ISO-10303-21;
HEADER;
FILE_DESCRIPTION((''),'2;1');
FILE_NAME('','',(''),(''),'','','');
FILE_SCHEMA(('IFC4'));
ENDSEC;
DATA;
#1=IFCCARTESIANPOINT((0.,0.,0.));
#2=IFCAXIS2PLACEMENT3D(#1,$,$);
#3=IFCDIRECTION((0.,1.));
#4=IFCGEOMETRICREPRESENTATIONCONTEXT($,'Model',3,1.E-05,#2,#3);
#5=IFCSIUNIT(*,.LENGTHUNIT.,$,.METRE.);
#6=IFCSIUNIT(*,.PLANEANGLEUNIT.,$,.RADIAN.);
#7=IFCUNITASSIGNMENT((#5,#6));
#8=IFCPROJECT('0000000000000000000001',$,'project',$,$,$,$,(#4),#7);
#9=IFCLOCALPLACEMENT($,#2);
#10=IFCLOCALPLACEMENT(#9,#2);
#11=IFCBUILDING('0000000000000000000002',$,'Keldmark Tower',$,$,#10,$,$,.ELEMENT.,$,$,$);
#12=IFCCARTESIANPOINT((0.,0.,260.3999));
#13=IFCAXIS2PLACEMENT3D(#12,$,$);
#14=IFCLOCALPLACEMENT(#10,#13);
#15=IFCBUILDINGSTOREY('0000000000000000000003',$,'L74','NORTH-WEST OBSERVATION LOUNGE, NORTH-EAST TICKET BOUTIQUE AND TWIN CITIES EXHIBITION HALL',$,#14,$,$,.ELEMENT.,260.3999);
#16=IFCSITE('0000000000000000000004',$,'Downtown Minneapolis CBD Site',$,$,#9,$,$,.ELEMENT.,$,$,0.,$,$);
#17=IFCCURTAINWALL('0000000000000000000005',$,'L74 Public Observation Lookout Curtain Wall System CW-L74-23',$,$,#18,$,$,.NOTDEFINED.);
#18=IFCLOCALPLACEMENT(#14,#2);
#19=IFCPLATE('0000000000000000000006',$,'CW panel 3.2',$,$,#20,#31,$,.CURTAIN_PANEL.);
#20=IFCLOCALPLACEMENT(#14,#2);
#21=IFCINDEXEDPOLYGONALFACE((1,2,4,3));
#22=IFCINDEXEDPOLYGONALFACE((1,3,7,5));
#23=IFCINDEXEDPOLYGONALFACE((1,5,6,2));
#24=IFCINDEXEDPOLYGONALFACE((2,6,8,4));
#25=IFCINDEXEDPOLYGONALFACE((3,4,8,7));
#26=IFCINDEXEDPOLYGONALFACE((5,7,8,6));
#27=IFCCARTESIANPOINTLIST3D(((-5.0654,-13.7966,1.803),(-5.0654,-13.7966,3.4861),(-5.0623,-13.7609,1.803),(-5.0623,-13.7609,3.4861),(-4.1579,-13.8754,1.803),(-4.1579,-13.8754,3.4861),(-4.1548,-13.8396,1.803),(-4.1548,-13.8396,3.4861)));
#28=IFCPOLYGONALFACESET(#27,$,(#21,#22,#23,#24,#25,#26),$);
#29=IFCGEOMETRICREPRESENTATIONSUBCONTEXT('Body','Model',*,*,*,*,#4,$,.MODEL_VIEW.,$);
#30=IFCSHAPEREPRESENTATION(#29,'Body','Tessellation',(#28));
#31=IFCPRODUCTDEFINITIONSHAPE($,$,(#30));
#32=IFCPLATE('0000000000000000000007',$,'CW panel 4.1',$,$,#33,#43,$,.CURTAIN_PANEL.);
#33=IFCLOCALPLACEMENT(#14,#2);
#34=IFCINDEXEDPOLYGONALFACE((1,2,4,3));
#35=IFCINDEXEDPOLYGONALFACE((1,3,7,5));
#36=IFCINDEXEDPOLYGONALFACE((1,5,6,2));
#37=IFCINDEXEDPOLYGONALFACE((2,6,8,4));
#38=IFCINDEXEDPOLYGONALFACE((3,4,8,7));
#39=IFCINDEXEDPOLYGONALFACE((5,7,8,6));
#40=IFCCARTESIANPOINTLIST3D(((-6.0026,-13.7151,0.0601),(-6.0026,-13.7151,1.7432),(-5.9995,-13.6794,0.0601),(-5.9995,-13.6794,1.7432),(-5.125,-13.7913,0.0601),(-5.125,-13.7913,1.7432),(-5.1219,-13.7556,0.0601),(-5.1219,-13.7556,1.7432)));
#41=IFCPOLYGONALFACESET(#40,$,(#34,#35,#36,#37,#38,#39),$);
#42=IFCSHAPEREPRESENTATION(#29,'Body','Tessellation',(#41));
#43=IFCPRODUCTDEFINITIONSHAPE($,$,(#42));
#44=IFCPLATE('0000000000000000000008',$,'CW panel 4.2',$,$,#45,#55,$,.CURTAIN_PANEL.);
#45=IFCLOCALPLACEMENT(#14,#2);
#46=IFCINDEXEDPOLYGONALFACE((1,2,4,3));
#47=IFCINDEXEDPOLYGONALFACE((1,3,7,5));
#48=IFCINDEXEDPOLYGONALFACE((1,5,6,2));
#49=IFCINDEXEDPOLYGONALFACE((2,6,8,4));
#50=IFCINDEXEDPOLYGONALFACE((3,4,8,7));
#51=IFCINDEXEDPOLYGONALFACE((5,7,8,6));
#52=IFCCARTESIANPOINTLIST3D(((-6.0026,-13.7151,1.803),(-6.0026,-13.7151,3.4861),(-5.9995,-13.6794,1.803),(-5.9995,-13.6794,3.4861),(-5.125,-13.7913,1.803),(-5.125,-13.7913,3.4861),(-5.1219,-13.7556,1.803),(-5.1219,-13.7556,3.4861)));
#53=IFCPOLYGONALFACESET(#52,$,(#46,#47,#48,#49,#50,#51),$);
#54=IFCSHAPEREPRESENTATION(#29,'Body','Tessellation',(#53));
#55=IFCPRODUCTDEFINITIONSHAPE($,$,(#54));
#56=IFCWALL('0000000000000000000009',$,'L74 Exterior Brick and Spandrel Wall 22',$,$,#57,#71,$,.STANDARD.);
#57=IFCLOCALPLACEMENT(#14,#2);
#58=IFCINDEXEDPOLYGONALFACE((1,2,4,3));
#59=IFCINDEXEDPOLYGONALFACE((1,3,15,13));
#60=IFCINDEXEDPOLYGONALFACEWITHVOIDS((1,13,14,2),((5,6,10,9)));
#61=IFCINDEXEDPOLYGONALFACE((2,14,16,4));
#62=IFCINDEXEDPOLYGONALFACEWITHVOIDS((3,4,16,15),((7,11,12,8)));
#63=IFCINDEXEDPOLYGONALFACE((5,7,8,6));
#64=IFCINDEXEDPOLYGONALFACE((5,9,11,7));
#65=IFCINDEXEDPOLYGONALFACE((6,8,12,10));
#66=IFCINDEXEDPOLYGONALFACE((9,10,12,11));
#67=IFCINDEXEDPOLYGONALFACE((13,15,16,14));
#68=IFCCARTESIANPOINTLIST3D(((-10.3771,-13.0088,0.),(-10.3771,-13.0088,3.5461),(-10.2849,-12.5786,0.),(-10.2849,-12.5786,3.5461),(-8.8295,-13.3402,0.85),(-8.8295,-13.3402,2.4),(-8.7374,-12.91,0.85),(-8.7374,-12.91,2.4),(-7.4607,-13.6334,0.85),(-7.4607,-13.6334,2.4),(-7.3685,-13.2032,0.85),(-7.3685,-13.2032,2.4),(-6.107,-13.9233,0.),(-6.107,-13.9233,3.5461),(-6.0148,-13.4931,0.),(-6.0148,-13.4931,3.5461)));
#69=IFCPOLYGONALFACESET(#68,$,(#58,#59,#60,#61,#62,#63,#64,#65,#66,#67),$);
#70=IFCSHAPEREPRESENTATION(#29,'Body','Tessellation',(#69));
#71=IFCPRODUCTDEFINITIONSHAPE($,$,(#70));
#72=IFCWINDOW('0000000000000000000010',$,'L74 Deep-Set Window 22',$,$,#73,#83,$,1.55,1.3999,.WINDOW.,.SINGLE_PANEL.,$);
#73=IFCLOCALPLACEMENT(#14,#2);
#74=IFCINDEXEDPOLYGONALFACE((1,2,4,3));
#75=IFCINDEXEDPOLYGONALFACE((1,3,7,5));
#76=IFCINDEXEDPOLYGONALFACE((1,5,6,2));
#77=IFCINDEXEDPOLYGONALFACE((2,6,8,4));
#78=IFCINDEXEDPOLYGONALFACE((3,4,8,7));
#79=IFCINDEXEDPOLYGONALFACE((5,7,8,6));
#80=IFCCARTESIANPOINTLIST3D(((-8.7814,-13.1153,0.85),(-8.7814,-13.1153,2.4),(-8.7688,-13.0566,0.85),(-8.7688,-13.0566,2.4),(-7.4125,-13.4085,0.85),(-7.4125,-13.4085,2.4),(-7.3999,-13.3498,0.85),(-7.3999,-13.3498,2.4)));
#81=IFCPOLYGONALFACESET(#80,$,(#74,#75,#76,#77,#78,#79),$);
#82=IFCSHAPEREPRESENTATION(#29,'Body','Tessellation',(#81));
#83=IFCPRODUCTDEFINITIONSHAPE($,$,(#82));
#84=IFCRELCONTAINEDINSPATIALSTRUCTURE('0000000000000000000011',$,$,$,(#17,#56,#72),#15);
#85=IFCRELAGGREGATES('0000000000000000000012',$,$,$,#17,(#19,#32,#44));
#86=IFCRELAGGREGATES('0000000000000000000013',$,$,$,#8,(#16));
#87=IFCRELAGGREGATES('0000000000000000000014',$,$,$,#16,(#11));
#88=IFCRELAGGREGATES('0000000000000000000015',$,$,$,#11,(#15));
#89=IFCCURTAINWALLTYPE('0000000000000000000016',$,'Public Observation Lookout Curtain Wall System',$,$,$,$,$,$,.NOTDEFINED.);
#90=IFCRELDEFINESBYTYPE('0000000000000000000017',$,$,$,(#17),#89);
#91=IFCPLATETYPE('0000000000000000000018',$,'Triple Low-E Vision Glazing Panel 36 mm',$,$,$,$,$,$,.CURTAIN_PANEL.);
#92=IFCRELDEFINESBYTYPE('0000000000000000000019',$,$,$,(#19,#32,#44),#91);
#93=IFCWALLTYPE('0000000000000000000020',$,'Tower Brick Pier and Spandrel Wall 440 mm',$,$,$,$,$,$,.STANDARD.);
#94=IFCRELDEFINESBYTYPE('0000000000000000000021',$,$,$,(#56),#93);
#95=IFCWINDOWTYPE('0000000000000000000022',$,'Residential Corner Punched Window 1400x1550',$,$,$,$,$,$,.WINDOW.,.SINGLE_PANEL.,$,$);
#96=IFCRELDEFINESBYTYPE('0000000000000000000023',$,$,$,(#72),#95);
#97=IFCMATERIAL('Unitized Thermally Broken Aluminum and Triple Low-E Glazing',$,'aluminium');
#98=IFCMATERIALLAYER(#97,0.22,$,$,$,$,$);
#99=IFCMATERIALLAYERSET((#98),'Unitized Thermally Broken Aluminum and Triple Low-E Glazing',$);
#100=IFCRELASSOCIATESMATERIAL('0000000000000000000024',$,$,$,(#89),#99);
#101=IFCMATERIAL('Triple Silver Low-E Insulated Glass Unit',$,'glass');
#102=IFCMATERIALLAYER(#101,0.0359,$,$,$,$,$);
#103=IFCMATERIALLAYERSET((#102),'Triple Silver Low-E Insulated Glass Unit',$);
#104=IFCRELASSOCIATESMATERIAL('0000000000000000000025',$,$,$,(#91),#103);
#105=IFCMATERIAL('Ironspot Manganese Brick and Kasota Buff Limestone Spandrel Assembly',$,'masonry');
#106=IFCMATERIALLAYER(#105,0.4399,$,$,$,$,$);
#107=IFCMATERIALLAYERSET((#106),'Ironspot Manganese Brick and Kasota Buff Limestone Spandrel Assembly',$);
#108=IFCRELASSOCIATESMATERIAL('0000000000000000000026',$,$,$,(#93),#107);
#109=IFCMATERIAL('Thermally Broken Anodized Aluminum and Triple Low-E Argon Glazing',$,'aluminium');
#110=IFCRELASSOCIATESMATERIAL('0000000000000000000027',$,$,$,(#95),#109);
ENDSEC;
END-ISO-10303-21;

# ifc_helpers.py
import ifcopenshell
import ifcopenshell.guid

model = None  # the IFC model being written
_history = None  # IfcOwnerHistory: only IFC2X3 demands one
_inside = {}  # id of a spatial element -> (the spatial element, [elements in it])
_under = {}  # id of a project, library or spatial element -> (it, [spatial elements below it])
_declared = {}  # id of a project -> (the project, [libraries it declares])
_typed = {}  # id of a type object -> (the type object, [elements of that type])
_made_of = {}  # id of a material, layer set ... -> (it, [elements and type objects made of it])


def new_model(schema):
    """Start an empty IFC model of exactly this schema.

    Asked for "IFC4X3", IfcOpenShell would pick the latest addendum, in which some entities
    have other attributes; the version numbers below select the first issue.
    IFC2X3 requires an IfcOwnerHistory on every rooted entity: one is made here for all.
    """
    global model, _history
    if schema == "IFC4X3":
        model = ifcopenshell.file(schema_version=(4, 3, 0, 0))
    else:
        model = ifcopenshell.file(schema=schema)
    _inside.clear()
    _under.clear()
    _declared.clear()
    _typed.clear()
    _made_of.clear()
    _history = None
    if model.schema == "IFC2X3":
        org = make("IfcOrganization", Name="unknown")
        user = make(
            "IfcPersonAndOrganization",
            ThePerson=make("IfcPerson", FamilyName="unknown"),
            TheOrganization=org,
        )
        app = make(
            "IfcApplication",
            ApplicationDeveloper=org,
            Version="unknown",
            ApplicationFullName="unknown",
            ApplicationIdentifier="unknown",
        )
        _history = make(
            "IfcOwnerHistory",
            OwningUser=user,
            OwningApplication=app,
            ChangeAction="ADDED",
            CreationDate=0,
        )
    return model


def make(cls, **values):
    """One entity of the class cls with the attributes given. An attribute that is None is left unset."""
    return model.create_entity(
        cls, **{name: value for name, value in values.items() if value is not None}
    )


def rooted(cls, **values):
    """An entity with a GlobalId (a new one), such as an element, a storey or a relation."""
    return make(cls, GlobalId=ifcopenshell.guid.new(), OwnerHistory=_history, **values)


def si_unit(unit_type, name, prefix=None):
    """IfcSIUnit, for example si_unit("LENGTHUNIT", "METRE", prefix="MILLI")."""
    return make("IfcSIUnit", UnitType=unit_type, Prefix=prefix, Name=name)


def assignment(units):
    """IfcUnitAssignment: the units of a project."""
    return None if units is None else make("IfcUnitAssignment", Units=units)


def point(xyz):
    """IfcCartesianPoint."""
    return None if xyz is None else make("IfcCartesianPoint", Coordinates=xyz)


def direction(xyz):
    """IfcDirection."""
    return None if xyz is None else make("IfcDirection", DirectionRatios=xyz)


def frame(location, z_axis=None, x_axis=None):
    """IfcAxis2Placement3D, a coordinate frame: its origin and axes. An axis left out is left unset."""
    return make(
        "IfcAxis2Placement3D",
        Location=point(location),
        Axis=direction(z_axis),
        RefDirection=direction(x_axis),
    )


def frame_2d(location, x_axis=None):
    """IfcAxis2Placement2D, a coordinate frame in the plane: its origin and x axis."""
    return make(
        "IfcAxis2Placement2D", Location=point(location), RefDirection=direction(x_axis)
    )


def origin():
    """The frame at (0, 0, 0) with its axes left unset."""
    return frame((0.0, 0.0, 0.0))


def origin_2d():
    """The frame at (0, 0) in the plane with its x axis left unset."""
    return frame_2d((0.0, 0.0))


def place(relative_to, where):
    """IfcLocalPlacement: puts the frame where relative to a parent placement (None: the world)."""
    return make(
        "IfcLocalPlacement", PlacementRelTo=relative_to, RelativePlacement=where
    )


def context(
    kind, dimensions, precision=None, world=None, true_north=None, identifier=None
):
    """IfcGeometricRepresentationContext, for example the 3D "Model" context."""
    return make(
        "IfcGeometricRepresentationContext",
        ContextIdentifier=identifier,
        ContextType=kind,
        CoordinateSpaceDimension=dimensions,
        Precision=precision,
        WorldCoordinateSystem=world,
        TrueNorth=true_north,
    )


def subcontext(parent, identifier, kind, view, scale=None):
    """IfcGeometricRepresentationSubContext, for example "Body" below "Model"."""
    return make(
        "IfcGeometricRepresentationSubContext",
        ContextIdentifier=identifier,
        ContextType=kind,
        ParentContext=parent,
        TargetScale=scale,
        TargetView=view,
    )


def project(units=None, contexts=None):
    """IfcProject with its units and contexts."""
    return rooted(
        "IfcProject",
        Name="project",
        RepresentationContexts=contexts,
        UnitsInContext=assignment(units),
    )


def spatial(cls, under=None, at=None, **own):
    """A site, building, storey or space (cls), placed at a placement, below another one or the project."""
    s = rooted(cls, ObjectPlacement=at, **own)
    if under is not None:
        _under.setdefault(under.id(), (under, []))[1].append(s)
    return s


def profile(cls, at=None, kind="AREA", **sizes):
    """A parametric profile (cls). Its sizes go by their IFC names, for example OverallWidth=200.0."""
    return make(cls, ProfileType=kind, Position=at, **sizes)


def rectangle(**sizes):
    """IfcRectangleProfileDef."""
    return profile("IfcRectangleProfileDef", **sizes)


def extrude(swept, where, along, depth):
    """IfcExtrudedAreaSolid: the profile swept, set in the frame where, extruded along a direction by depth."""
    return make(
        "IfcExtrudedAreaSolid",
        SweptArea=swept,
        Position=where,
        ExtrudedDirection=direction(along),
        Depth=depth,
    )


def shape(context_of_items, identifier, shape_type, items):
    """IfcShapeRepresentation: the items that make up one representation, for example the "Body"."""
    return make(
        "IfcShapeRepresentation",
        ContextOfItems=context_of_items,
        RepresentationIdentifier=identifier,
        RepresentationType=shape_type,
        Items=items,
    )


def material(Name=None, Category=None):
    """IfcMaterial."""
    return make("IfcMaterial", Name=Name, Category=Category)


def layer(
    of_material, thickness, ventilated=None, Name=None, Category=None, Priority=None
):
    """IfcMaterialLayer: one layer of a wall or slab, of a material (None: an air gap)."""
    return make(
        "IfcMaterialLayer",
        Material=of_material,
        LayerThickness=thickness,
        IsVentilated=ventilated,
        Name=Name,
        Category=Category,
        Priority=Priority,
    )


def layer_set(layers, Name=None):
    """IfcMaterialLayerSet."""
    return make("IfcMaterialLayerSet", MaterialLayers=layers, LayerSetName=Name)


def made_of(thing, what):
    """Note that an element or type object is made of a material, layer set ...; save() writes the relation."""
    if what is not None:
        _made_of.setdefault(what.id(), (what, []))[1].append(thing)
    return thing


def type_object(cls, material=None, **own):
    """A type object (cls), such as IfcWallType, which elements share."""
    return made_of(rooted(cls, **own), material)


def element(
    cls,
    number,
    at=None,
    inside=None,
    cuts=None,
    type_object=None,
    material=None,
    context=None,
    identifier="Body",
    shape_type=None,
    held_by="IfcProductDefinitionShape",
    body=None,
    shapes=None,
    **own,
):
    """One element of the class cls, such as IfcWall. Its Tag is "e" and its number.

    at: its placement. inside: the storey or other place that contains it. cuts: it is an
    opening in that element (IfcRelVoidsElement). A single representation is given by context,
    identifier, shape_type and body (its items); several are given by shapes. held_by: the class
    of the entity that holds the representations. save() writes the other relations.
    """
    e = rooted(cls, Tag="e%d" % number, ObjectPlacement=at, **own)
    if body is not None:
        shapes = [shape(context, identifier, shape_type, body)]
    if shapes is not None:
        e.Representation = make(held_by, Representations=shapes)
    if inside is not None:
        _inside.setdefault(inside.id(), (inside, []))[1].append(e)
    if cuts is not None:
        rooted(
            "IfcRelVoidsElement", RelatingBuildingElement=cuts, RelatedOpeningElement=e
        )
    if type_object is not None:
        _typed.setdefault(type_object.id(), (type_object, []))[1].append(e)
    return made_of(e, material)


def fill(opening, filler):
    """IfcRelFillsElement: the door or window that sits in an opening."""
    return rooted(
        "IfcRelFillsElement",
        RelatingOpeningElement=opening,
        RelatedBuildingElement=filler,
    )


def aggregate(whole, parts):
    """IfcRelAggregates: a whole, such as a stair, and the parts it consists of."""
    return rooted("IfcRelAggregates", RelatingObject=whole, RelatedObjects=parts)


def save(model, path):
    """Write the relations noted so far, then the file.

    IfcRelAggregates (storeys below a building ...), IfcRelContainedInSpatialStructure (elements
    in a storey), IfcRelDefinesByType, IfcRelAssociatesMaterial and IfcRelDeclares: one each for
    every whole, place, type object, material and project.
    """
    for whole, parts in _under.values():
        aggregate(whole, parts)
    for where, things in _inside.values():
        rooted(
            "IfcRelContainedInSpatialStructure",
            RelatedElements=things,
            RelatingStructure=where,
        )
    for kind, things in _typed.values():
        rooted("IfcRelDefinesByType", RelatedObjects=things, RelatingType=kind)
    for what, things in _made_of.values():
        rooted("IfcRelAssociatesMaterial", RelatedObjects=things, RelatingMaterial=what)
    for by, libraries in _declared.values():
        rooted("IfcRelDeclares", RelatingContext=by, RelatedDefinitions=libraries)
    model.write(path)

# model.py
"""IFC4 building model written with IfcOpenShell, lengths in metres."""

from ifc_helpers import new_model, si_unit, direction, frame, frame_2d, origin, origin_2d, place, context, subcontext, project, spatial, rectangle, extrude, material, layer, layer_set, type_object, element, fill, aggregate, save


model = new_model("IFC4")

# Units and contexts
model_context = context("Model", 3, precision=1e-05, world=origin(), true_north=direction((0.0, 1.0)))
body_context = subcontext(model_context, "Body", "Model", "MODEL_VIEW")
ifc_project = project(units=[si_unit("LENGTHUNIT", "METRE"), si_unit("PLANEANGLEUNIT", "RADIAN")], contexts=[model_context])

# Site, building, storey
site_placement = place(None, origin())
site = spatial("IfcSite", under=ifc_project, at=site_placement, Name="Downtown Minneapolis CBD Site", CompositionType="ELEMENT", RefElevation=0.0)
building_placement = place(site_placement, origin())
building = spatial("IfcBuilding", under=site, at=building_placement, Name="Keldmark Tower", CompositionType="ELEMENT")
storey_placement = place(building_placement, frame((0.0, 0.0, 260.3999)))
storey = spatial("IfcBuildingStorey", under=building, at=storey_placement, Name="L74", Description="NORTH-WEST OBSERVATION LOUNGE, NORTH-EAST TICKET BOUTIQUE AND TWIN CITIES EXHIBITION HALL", CompositionType="ELEMENT", Elevation=260.3999)

# Curtain wall
ifc_material_1 = material(Name="Unitized Thermally Broken Aluminum and Triple Low-E Glazing", Category="aluminium")
ifc_layer_1 = layer(ifc_material_1, 0.22)
ifc_layer_set_1 = layer_set([ifc_layer_1], Name="Unitized Thermally Broken Aluminum and Triple Low-E Glazing")
curtain_wall_type = type_object("IfcCurtainWallType", Name="Public Observation Lookout Curtain Wall System", PredefinedType="NOTDEFINED", material=ifc_layer_set_1)
curtain_wall_placement = place(storey_placement, origin())
curtain_wall = element("IfcCurtainWall", 1, at=curtain_wall_placement, inside=storey, type_object=curtain_wall_type, Name="L74 Public Observation Lookout Curtain Wall System CW-L74-23", PredefinedType="NOTDEFINED")

# Plates
ifc_material_2 = material(Name="Triple Silver Low-E Insulated Glass Unit", Category="glass")
ifc_layer_2 = layer(ifc_material_2, 0.0359)
ifc_layer_set_2 = layer_set([ifc_layer_2], Name="Triple Silver Low-E Insulated Glass Unit")
plate_type_1 = type_object("IfcPlateType", Name="Triple Low-E Vision Glazing Panel 36 mm", PredefinedType="CURTAIN_PANEL", material=ifc_layer_set_2)
plate_1_placement = place(storey_placement, frame((-4.6101, -13.8181, 1.803), z_axis=(0.0, 0.0, 1.0), x_axis=(-0.996254, 0.086472, 0.0)))
plate_1 = element("IfcPlate", 2, at=plate_1_placement, type_object=plate_type_1, Name="CW panel 3.2", PredefinedType="CURTAIN_PANEL", context=body_context, shape_type="SweptSolid", body=[
    extrude(rectangle(XDim=0.9109, YDim=0.0359, at=origin_2d()), origin(), (0.0, 0.0, 1.0), 1.6831),
])
plate_2_placement = place(storey_placement, frame((-5.5623, -13.7354, 0.0601), z_axis=(0.0, 0.0, 1.0), x_axis=(-0.996254, 0.086472, 0.0)))
plate_2 = element("IfcPlate", 3, at=plate_2_placement, type_object=plate_type_1, Name="CW panel 4.1", PredefinedType="CURTAIN_PANEL", context=body_context, shape_type="SweptSolid", body=[
    extrude(rectangle(XDim=0.8809, YDim=0.0359, at=origin_2d()), origin(), (0.0, 0.0, 1.0), 1.6831),
])
plate_3_placement = place(storey_placement, frame((-5.5623, -13.7354, 1.803), z_axis=(0.0, 0.0, 1.0), x_axis=(-0.996254, 0.086472, 0.0)))
plate_3 = element("IfcPlate", 4, at=plate_3_placement, type_object=plate_type_1, Name="CW panel 4.2", PredefinedType="CURTAIN_PANEL", context=body_context, shape_type="SweptSolid", body=[
    extrude(rectangle(XDim=0.8809, YDim=0.0359, at=origin_2d()), origin(), (0.0, 0.0, 1.0), 1.6831),
])
aggregate(curtain_wall, [plate_1, plate_2, plate_3])

# Wall, opening, window
ifc_material_3 = material(Name="Ironspot Manganese Brick and Kasota Buff Limestone Spandrel Assembly", Category="masonry")
ifc_layer_3 = layer(ifc_material_3, 0.4399)
ifc_layer_set_3 = layer_set([ifc_layer_3], Name="Ironspot Manganese Brick and Kasota Buff Limestone Spandrel Assembly")
wall_type = type_object("IfcWallType", Name="Tower Brick Pier and Spandrel Wall 440 mm", PredefinedType="STANDARD", material=ifc_layer_set_3)
wall_placement = place(storey_placement, frame((-6.0608, -13.7083, 0.0), z_axis=(0.0, 0.0, 1.0), x_axis=(-0.977824, 0.20943, 0.0)))
wall = element("IfcWall", 5, at=wall_placement, inside=storey, type_object=wall_type, Name="L74 Exterior Brick and Spandrel Wall 22", PredefinedType="STANDARD", context=body_context, shape_type="SweptSolid", body=[
    extrude(rectangle(XDim=4.3669, YDim=0.4399, at=frame_2d((2.1836, 0.0))), origin(), (0.0, 0.0, 1.0), 3.5461),
])
opening_placement = place(wall_placement, frame((1.3845, 0.0, 0.8501)))
opening = element("IfcOpeningElement", 6, at=opening_placement, cuts=wall, PredefinedType="OPENING", context=body_context, shape_type="SweptSolid", body=[
    extrude(rectangle(XDim=1.3999, YDim=1.55, at=frame_2d((0.7, 0.7749))), frame((0.0, 0.23, 0.0), z_axis=(0.0, -1.0, 0.0), x_axis=(1.0, 0.0, 0.0)), (0.0, 0.0, 1.0), 0.46),
])
ifc_material_4 = material(Name="Thermally Broken Anodized Aluminum and Triple Low-E Argon Glazing", Category="aluminium")
window_type = type_object("IfcWindowType", Name="Residential Corner Punched Window 1400x1550", PartitioningType="SINGLE_PANEL", PredefinedType="WINDOW", material=ifc_material_4)
window_placement = place(opening_placement, origin())
window = element("IfcWindow", 7, at=window_placement, inside=storey, type_object=window_type, Name="L74 Deep-Set Window 22", OverallHeight=1.55, OverallWidth=1.3999, PartitioningType="SINGLE_PANEL", PredefinedType="WINDOW", context=body_context, shape_type="SweptSolid", body=[
    extrude(rectangle(XDim=1.3999, YDim=1.55, at=frame_2d((0.7, 0.7749))), frame((0.0, -0.01, 0.0), z_axis=(0.0, -1.0, 0.0), x_axis=(1.0, 0.0, 0.0)), (0.0, 0.0, 1.0), 0.0601),
])
fill(opening, window)

save(model, "model.ifc")
